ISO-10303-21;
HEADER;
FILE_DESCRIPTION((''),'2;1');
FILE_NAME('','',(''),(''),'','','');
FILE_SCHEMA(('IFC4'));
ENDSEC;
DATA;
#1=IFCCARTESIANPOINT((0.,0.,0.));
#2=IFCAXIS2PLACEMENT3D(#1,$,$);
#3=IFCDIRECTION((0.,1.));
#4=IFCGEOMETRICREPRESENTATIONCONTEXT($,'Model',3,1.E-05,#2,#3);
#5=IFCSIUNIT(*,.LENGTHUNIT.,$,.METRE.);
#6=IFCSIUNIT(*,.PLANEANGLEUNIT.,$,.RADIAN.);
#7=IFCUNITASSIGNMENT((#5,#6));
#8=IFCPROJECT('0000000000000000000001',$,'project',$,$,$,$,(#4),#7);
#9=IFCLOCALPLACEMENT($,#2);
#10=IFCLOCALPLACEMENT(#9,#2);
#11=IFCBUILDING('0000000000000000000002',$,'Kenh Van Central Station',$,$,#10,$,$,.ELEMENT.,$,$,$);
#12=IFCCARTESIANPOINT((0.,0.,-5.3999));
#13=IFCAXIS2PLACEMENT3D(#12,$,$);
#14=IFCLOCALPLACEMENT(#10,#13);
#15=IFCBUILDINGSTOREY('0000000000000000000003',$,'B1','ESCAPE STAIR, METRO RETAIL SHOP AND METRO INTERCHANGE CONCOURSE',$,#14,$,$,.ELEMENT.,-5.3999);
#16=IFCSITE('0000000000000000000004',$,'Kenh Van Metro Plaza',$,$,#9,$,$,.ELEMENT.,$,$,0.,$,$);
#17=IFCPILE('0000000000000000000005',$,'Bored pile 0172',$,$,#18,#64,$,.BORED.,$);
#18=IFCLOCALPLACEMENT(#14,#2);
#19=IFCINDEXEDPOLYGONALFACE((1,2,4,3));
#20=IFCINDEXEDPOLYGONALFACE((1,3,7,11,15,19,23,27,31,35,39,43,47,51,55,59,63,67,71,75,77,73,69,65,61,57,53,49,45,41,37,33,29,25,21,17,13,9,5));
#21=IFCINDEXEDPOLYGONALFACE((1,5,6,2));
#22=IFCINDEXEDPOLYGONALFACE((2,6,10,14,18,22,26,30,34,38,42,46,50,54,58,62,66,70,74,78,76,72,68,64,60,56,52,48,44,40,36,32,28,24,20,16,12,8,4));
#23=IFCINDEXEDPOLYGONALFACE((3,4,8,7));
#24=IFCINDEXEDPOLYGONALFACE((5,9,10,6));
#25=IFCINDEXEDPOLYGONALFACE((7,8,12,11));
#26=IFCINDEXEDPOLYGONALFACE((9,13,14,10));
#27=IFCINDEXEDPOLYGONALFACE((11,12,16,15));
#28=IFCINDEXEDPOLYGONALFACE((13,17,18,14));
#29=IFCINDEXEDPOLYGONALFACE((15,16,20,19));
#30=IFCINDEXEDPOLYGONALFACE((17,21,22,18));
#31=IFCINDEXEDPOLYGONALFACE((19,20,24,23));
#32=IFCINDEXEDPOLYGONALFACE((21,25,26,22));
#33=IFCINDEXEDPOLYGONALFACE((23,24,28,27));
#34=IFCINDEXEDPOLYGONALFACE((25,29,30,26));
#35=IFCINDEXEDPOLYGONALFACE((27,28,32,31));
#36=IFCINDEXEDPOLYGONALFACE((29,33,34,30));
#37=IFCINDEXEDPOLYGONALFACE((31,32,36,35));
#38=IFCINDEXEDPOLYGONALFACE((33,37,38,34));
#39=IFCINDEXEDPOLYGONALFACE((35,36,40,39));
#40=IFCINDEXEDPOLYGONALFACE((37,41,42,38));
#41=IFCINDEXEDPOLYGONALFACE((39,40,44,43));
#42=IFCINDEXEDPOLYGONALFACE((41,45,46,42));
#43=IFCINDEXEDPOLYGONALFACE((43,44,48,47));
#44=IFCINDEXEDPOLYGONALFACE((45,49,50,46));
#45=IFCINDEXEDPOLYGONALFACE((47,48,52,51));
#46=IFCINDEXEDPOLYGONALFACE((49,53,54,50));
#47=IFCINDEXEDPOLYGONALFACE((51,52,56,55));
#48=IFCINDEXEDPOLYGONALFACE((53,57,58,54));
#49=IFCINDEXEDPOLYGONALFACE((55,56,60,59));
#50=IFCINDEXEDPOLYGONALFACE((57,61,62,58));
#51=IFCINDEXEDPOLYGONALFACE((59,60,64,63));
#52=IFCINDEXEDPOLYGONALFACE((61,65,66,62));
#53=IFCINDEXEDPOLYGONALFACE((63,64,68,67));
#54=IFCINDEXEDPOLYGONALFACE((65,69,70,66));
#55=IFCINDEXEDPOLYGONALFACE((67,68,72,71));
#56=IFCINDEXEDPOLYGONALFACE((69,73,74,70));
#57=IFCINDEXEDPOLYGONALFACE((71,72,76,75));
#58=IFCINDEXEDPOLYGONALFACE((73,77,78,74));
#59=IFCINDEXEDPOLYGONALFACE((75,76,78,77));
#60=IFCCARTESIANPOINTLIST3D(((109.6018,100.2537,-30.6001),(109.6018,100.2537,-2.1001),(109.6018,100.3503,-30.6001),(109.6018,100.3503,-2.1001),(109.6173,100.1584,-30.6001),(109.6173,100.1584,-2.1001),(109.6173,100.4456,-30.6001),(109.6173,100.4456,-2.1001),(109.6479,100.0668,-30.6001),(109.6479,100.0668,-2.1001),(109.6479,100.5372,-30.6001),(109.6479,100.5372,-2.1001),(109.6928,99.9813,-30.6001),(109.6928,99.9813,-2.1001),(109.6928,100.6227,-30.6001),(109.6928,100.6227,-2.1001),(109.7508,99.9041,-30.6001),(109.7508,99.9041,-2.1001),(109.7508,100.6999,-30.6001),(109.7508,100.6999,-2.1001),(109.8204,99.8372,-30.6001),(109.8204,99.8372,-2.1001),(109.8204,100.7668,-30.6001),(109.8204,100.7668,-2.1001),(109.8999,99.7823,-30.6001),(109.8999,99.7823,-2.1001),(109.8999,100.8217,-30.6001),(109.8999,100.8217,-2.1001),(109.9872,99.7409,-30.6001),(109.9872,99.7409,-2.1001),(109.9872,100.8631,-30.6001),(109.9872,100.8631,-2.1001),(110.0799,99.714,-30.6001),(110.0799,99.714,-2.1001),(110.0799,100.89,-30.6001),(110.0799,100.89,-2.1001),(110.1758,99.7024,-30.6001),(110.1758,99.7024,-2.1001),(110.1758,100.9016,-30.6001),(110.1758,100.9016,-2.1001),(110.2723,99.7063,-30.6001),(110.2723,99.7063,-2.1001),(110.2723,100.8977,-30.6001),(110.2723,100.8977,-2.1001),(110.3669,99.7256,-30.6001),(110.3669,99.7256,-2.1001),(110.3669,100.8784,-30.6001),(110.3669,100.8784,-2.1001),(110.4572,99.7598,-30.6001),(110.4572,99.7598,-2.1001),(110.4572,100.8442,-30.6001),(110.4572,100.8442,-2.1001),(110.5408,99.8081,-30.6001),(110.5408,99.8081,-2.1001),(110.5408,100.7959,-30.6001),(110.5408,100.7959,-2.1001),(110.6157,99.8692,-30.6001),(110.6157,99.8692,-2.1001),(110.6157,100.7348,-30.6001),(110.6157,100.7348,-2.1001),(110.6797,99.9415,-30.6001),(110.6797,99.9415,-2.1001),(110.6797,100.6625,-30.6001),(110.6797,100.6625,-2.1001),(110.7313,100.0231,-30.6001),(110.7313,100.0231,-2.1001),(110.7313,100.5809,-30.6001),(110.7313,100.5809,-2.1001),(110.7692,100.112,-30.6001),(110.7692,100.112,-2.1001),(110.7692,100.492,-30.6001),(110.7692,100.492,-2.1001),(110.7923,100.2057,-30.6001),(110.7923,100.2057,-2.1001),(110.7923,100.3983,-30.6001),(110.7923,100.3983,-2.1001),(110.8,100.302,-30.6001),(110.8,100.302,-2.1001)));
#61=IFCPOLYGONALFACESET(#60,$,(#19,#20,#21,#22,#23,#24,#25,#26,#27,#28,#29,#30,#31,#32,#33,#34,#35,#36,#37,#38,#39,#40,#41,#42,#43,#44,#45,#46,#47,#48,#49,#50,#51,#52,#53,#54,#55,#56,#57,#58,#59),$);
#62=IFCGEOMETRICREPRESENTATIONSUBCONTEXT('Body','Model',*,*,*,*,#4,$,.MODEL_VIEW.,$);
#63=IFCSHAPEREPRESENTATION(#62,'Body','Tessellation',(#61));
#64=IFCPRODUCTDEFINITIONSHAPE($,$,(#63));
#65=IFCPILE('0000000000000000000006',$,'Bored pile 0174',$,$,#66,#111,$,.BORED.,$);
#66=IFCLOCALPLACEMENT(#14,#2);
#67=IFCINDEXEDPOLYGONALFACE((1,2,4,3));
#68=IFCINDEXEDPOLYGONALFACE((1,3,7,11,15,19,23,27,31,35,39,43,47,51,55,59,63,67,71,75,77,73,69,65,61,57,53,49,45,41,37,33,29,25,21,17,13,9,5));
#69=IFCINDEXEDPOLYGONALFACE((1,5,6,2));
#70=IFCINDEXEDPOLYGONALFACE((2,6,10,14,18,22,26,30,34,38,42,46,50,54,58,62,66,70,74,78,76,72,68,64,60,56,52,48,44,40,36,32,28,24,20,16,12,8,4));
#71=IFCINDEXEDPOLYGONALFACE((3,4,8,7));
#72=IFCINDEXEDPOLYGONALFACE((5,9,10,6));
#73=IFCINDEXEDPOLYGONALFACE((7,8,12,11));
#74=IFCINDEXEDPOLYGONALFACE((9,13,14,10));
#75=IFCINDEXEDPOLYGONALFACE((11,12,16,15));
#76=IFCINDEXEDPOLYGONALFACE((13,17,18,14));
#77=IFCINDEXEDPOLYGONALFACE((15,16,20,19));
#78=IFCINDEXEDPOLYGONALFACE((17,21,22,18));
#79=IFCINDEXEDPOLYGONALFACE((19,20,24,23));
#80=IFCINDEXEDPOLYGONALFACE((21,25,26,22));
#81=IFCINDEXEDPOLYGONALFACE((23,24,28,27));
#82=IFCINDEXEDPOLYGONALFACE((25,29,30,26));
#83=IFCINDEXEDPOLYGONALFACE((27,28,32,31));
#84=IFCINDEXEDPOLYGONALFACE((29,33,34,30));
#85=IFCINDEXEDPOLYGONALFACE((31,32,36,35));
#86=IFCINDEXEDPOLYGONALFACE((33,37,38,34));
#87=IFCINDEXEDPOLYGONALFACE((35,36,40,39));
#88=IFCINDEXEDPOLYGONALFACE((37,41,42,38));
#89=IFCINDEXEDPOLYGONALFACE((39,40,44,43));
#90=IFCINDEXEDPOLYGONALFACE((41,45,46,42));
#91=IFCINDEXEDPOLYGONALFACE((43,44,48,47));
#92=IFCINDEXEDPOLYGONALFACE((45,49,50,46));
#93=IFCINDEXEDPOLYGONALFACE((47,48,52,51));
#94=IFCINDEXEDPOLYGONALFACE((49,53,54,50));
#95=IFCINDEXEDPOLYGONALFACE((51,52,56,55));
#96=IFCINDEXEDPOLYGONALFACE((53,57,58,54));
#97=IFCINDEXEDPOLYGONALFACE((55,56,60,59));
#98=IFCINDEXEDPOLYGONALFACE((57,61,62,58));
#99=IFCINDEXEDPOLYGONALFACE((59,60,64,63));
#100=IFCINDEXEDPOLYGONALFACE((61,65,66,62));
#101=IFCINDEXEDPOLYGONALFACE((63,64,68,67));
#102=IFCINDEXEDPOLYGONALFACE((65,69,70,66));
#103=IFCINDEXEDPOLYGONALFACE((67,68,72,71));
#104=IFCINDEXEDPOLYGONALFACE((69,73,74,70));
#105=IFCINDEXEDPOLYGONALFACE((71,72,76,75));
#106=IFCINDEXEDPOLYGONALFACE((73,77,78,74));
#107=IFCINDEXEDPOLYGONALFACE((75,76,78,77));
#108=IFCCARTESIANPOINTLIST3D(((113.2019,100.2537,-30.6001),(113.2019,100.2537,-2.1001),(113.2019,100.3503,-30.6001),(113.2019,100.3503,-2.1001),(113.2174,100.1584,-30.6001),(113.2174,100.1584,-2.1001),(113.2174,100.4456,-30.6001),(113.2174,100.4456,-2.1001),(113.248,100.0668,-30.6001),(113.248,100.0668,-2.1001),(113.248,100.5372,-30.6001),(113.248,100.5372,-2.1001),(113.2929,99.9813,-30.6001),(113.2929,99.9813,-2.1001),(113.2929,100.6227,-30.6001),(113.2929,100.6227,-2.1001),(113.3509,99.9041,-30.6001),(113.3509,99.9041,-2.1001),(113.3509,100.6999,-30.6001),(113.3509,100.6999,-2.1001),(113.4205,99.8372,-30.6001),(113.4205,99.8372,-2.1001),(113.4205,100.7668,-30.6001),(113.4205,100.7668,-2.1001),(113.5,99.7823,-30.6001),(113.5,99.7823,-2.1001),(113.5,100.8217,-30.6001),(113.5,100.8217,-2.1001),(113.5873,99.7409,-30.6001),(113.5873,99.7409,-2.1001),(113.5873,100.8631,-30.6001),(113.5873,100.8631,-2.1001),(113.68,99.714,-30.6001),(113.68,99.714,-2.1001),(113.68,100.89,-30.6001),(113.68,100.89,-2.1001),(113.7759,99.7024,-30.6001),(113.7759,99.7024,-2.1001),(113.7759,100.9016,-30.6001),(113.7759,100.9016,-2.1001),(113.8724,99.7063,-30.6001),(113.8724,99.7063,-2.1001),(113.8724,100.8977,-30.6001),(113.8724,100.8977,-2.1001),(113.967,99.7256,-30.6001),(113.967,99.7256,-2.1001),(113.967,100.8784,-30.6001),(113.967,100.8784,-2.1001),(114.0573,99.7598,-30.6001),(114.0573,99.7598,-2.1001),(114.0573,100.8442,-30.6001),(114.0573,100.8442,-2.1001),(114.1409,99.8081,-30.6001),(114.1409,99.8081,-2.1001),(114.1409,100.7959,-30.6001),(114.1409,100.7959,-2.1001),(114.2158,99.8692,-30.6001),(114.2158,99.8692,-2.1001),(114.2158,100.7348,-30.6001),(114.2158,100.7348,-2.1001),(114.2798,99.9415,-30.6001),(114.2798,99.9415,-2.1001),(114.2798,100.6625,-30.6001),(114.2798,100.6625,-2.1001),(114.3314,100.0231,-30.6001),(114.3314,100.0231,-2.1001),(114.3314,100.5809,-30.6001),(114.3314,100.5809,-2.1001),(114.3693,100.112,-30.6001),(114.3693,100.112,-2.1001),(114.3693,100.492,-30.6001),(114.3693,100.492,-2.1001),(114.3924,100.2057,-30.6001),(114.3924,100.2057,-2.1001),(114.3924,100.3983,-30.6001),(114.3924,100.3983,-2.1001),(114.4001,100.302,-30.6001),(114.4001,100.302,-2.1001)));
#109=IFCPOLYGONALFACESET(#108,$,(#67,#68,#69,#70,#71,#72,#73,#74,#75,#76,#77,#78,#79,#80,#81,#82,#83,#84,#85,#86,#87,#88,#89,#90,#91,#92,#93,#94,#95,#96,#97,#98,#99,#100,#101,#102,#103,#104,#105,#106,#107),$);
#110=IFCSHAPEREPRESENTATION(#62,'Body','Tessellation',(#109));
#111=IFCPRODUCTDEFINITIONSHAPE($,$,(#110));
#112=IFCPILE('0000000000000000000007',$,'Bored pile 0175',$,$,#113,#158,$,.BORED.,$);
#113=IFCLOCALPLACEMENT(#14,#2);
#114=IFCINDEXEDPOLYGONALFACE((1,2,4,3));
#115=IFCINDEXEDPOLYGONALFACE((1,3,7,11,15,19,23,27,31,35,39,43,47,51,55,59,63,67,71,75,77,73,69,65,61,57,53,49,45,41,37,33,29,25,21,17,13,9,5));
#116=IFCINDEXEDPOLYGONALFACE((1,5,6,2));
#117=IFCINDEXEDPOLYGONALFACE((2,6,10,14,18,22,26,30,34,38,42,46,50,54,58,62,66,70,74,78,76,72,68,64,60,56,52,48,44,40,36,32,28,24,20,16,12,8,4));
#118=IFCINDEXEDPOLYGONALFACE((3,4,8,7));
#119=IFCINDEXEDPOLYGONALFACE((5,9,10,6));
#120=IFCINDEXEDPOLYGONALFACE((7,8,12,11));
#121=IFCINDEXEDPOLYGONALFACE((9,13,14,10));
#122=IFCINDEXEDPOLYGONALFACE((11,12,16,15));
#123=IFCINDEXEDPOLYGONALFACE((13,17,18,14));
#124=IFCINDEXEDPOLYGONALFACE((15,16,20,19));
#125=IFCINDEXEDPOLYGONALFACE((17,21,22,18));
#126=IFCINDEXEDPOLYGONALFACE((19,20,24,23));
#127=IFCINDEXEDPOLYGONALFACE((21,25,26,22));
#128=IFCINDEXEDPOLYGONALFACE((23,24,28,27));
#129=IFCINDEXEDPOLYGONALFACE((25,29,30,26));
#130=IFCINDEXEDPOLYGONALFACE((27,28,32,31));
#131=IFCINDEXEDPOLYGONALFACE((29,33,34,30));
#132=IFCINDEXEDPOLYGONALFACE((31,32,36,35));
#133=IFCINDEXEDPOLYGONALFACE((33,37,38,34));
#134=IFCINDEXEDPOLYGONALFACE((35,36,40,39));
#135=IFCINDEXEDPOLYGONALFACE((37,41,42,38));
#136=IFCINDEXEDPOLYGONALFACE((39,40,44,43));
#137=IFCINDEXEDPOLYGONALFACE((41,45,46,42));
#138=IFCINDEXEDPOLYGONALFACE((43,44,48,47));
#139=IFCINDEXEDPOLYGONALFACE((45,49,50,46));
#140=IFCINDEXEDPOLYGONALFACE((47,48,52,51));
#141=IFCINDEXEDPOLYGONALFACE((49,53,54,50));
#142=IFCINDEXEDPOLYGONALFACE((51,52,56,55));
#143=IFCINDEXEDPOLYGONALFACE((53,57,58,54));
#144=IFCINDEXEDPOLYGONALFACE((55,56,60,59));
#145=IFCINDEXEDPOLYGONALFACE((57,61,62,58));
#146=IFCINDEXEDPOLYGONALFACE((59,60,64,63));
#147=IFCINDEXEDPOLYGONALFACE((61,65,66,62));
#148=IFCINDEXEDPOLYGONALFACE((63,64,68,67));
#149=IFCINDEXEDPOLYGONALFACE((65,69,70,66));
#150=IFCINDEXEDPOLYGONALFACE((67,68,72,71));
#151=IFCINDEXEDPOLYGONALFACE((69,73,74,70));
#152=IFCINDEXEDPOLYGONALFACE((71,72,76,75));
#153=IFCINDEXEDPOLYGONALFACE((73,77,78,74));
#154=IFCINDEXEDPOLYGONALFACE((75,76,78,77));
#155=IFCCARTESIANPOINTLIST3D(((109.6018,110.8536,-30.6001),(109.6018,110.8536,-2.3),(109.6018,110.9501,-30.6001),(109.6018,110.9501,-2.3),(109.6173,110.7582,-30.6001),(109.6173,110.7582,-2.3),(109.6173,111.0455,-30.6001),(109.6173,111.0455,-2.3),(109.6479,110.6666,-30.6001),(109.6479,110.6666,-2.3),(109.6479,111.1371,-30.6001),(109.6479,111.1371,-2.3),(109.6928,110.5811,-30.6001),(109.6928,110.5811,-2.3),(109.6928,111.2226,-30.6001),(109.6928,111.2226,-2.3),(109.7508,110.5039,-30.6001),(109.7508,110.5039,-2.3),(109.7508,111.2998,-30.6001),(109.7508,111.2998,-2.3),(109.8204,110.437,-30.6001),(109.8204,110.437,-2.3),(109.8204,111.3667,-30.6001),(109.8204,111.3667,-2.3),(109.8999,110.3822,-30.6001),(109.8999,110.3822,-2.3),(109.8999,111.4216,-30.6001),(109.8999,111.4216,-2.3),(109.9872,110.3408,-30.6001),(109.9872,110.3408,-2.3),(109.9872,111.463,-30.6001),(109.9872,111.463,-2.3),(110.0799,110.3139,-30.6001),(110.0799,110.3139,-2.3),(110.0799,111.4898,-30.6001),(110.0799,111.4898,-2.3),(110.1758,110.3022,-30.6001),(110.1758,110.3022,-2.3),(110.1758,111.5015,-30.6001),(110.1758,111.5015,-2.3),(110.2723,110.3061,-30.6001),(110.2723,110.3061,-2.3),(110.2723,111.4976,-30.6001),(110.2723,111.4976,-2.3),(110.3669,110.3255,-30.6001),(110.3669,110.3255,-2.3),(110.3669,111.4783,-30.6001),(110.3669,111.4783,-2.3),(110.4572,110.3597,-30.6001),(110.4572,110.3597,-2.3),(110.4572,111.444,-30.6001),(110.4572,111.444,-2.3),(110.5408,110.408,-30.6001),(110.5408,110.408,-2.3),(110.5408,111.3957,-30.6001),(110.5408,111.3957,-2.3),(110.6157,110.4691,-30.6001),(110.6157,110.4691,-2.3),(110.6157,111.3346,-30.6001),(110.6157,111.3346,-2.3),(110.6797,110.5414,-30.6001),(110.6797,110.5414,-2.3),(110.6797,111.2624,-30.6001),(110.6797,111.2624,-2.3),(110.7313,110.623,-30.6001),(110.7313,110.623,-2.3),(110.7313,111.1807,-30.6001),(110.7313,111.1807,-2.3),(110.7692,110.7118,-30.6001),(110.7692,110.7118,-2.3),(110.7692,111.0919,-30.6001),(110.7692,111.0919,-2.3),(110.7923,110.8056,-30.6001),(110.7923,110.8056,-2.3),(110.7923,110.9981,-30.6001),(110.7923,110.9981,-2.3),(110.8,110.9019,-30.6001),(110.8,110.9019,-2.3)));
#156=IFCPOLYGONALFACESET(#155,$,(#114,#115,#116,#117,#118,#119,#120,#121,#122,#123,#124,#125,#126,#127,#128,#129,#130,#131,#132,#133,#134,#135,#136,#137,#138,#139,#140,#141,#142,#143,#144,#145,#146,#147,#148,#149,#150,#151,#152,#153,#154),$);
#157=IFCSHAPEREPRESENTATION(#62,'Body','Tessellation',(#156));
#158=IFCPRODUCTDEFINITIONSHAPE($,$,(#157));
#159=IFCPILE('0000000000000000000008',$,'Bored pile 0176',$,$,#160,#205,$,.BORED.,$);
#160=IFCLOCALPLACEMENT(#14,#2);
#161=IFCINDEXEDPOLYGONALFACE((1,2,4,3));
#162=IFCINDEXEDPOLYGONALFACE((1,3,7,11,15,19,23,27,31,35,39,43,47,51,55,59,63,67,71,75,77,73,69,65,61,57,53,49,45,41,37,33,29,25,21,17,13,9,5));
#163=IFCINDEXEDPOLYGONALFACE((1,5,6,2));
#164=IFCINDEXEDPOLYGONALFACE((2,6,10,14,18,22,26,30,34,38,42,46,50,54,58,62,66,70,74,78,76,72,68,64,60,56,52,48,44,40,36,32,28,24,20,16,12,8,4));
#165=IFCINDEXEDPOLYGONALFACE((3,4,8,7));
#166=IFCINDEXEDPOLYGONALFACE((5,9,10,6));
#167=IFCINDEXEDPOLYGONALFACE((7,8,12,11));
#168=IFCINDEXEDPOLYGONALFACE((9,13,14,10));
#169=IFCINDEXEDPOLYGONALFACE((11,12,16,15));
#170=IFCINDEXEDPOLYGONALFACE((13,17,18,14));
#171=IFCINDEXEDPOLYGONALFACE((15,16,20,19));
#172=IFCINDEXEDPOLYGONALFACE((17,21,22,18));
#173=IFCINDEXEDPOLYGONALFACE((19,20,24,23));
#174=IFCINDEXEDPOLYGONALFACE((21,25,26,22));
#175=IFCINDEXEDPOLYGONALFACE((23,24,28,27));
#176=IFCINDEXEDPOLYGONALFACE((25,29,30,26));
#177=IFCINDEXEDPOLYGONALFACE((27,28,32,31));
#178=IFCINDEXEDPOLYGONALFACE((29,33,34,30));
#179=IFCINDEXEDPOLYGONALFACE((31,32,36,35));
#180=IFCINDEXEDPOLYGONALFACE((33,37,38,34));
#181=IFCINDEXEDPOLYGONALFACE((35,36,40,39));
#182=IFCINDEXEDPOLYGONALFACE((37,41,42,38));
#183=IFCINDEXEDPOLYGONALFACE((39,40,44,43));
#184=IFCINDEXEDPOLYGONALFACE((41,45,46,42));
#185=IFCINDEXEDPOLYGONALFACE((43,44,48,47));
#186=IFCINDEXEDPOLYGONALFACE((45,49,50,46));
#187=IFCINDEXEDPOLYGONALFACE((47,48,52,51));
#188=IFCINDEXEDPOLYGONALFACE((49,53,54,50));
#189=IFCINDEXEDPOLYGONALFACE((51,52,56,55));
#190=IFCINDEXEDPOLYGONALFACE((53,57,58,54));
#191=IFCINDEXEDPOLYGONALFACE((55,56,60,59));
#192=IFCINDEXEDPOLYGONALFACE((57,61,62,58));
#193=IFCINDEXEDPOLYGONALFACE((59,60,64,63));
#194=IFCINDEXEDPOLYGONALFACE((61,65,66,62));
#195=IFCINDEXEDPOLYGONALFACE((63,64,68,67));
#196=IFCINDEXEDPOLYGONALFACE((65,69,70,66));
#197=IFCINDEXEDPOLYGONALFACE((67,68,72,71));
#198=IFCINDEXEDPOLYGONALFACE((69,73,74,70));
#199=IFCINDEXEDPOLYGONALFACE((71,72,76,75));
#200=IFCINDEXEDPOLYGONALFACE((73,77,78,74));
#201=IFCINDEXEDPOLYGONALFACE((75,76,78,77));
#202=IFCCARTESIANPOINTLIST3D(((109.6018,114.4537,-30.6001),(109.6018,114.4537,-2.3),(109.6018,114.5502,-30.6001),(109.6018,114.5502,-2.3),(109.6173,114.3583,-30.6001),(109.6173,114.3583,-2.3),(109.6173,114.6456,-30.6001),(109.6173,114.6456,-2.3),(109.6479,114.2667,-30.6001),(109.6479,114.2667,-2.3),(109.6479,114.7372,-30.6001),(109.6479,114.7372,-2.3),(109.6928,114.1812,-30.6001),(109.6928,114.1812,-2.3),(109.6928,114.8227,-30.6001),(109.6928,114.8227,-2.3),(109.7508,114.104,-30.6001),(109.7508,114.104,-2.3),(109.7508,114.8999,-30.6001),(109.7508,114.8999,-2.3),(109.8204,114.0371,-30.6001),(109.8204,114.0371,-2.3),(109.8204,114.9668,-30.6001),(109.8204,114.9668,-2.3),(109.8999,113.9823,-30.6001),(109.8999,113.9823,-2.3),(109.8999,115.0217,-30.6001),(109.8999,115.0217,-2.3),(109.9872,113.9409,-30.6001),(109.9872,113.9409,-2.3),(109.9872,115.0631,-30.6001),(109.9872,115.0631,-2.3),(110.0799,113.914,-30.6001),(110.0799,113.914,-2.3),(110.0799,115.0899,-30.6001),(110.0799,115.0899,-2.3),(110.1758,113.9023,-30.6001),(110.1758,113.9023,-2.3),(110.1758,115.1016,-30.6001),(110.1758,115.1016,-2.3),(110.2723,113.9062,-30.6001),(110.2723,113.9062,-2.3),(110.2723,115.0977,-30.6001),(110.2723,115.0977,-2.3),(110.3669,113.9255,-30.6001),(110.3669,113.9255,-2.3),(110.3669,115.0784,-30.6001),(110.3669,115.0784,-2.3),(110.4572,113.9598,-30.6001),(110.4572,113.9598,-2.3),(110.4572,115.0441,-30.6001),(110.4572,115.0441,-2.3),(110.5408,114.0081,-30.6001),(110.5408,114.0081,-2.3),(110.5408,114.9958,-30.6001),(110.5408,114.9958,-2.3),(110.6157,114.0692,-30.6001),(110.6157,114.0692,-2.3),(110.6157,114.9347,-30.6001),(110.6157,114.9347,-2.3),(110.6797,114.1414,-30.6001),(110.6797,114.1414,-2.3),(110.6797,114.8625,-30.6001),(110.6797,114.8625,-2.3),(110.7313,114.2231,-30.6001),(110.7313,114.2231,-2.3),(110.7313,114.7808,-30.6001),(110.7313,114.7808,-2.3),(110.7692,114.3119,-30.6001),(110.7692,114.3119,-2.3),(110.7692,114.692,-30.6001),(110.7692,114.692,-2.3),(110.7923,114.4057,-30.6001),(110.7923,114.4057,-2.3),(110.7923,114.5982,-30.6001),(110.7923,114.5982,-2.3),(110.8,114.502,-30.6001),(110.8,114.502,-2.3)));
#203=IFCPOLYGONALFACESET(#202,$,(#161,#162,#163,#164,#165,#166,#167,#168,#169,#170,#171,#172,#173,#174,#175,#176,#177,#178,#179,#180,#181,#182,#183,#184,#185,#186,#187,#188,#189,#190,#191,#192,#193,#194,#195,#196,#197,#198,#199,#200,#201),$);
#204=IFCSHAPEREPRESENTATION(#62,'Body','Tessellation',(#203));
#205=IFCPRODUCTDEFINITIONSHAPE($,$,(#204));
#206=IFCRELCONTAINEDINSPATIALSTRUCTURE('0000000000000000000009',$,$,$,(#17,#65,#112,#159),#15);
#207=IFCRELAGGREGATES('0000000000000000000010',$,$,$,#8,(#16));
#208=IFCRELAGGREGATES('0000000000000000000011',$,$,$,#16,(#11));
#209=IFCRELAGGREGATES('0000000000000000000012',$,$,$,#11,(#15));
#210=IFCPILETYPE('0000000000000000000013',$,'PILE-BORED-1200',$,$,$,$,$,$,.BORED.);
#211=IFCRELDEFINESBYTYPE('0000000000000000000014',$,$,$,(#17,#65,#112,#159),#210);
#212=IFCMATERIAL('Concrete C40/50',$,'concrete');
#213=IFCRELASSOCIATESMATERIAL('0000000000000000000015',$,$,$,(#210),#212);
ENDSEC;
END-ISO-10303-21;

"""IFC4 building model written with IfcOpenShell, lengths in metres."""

from ifc_helpers import new_model, si_unit, direction, frame, origin, origin_2d, place, context, subcontext, project, spatial, circle, extrude, material, material_profile, profile_set, type_object, element, save


model = new_model("IFC4")

# Units and contexts
model_context = context("Model", 3, precision=1e-05, world=origin(), true_north=direction((0.0, 1.0)))
body_context = subcontext(model_context, "Body", "Model", "MODEL_VIEW")
ifc_project = project(units=[si_unit("LENGTHUNIT", "METRE"), si_unit("PLANEANGLEUNIT", "RADIAN")], contexts=[model_context])

# Site, building, storey
site_placement = place(None, origin())
site = spatial("IfcSite", under=ifc_project, at=site_placement, Name="Kenh Van Metro Plaza", CompositionType="ELEMENT", RefElevation=0.0)
building_placement = place(site_placement, origin())
building = spatial("IfcBuilding", under=site, at=building_placement, Name="Kenh Van Central Station", CompositionType="ELEMENT")
storey_placement = place(building_placement, frame((0.0, 0.0, -5.3999)))
storey = spatial("IfcBuildingStorey", under=building, at=storey_placement, Name="B1", Description="ESCAPE STAIR, METRO RETAIL SHOP AND METRO INTERCHANGE CONCOURSE", CompositionType="ELEMENT", Elevation=-5.3999)

# Shared definitions
ifc_material = material(Name="Concrete C40/50", Category="concrete")

# Piles
ifc_material_profile_1 = material_profile(ifc_material, circle(Radius=0.6001, at=origin_2d()), Name="PILE D1200")
ifc_profile_set_1 = profile_set([ifc_material_profile_1], Name="Concrete C40/50")
pile_type_1 = type_object("IfcPileType", Name="PILE-BORED-1200", PredefinedType="BORED", material=ifc_profile_set_1)
for number, where, z_axis, x_axis, name in (
    (1, (110.2, 100.302, -2.1001), (0.0, 0.0, -1.0), (1.0, 0.0, 0.0), "Bored pile 0172"),
    (2, (113.8, 100.302, -2.1001), (0.0, 0.0, -1.0), (1.0, 0.0, 0.0), "Bored pile 0174"),
):
    element("IfcPile", number, at=place(storey_placement, frame(where, z_axis=z_axis, x_axis=x_axis)), inside=storey, type_object=pile_type_1, Name=name, PredefinedType="BORED", context=body_context, shape_type="SweptSolid", body=[
        extrude(circle(Radius=0.6001, at=origin_2d()), origin(), (0.0, 0.0, 1.0), 28.5),
    ])
for number, where, z_axis, x_axis, name in (
    (3, (110.2, 110.9019, -2.3), (0.0, 0.0, -1.0), (1.0, 0.0, 0.0), "Bored pile 0175"),
    (4, (110.2, 114.502, -2.3), (0.0, 0.0, -1.0), (1.0, 0.0, 0.0), "Bored pile 0176"),
):
    element("IfcPile", number, at=place(storey_placement, frame(where, z_axis=z_axis, x_axis=x_axis)), inside=storey, type_object=pile_type_1, Name=name, PredefinedType="BORED", context=body_context, shape_type="SweptSolid", body=[
        extrude(circle(Radius=0.6001, at=origin_2d()), origin(), (0.0, 0.0, 1.0), 28.3),
    ])

save(model, "model.ifc")
